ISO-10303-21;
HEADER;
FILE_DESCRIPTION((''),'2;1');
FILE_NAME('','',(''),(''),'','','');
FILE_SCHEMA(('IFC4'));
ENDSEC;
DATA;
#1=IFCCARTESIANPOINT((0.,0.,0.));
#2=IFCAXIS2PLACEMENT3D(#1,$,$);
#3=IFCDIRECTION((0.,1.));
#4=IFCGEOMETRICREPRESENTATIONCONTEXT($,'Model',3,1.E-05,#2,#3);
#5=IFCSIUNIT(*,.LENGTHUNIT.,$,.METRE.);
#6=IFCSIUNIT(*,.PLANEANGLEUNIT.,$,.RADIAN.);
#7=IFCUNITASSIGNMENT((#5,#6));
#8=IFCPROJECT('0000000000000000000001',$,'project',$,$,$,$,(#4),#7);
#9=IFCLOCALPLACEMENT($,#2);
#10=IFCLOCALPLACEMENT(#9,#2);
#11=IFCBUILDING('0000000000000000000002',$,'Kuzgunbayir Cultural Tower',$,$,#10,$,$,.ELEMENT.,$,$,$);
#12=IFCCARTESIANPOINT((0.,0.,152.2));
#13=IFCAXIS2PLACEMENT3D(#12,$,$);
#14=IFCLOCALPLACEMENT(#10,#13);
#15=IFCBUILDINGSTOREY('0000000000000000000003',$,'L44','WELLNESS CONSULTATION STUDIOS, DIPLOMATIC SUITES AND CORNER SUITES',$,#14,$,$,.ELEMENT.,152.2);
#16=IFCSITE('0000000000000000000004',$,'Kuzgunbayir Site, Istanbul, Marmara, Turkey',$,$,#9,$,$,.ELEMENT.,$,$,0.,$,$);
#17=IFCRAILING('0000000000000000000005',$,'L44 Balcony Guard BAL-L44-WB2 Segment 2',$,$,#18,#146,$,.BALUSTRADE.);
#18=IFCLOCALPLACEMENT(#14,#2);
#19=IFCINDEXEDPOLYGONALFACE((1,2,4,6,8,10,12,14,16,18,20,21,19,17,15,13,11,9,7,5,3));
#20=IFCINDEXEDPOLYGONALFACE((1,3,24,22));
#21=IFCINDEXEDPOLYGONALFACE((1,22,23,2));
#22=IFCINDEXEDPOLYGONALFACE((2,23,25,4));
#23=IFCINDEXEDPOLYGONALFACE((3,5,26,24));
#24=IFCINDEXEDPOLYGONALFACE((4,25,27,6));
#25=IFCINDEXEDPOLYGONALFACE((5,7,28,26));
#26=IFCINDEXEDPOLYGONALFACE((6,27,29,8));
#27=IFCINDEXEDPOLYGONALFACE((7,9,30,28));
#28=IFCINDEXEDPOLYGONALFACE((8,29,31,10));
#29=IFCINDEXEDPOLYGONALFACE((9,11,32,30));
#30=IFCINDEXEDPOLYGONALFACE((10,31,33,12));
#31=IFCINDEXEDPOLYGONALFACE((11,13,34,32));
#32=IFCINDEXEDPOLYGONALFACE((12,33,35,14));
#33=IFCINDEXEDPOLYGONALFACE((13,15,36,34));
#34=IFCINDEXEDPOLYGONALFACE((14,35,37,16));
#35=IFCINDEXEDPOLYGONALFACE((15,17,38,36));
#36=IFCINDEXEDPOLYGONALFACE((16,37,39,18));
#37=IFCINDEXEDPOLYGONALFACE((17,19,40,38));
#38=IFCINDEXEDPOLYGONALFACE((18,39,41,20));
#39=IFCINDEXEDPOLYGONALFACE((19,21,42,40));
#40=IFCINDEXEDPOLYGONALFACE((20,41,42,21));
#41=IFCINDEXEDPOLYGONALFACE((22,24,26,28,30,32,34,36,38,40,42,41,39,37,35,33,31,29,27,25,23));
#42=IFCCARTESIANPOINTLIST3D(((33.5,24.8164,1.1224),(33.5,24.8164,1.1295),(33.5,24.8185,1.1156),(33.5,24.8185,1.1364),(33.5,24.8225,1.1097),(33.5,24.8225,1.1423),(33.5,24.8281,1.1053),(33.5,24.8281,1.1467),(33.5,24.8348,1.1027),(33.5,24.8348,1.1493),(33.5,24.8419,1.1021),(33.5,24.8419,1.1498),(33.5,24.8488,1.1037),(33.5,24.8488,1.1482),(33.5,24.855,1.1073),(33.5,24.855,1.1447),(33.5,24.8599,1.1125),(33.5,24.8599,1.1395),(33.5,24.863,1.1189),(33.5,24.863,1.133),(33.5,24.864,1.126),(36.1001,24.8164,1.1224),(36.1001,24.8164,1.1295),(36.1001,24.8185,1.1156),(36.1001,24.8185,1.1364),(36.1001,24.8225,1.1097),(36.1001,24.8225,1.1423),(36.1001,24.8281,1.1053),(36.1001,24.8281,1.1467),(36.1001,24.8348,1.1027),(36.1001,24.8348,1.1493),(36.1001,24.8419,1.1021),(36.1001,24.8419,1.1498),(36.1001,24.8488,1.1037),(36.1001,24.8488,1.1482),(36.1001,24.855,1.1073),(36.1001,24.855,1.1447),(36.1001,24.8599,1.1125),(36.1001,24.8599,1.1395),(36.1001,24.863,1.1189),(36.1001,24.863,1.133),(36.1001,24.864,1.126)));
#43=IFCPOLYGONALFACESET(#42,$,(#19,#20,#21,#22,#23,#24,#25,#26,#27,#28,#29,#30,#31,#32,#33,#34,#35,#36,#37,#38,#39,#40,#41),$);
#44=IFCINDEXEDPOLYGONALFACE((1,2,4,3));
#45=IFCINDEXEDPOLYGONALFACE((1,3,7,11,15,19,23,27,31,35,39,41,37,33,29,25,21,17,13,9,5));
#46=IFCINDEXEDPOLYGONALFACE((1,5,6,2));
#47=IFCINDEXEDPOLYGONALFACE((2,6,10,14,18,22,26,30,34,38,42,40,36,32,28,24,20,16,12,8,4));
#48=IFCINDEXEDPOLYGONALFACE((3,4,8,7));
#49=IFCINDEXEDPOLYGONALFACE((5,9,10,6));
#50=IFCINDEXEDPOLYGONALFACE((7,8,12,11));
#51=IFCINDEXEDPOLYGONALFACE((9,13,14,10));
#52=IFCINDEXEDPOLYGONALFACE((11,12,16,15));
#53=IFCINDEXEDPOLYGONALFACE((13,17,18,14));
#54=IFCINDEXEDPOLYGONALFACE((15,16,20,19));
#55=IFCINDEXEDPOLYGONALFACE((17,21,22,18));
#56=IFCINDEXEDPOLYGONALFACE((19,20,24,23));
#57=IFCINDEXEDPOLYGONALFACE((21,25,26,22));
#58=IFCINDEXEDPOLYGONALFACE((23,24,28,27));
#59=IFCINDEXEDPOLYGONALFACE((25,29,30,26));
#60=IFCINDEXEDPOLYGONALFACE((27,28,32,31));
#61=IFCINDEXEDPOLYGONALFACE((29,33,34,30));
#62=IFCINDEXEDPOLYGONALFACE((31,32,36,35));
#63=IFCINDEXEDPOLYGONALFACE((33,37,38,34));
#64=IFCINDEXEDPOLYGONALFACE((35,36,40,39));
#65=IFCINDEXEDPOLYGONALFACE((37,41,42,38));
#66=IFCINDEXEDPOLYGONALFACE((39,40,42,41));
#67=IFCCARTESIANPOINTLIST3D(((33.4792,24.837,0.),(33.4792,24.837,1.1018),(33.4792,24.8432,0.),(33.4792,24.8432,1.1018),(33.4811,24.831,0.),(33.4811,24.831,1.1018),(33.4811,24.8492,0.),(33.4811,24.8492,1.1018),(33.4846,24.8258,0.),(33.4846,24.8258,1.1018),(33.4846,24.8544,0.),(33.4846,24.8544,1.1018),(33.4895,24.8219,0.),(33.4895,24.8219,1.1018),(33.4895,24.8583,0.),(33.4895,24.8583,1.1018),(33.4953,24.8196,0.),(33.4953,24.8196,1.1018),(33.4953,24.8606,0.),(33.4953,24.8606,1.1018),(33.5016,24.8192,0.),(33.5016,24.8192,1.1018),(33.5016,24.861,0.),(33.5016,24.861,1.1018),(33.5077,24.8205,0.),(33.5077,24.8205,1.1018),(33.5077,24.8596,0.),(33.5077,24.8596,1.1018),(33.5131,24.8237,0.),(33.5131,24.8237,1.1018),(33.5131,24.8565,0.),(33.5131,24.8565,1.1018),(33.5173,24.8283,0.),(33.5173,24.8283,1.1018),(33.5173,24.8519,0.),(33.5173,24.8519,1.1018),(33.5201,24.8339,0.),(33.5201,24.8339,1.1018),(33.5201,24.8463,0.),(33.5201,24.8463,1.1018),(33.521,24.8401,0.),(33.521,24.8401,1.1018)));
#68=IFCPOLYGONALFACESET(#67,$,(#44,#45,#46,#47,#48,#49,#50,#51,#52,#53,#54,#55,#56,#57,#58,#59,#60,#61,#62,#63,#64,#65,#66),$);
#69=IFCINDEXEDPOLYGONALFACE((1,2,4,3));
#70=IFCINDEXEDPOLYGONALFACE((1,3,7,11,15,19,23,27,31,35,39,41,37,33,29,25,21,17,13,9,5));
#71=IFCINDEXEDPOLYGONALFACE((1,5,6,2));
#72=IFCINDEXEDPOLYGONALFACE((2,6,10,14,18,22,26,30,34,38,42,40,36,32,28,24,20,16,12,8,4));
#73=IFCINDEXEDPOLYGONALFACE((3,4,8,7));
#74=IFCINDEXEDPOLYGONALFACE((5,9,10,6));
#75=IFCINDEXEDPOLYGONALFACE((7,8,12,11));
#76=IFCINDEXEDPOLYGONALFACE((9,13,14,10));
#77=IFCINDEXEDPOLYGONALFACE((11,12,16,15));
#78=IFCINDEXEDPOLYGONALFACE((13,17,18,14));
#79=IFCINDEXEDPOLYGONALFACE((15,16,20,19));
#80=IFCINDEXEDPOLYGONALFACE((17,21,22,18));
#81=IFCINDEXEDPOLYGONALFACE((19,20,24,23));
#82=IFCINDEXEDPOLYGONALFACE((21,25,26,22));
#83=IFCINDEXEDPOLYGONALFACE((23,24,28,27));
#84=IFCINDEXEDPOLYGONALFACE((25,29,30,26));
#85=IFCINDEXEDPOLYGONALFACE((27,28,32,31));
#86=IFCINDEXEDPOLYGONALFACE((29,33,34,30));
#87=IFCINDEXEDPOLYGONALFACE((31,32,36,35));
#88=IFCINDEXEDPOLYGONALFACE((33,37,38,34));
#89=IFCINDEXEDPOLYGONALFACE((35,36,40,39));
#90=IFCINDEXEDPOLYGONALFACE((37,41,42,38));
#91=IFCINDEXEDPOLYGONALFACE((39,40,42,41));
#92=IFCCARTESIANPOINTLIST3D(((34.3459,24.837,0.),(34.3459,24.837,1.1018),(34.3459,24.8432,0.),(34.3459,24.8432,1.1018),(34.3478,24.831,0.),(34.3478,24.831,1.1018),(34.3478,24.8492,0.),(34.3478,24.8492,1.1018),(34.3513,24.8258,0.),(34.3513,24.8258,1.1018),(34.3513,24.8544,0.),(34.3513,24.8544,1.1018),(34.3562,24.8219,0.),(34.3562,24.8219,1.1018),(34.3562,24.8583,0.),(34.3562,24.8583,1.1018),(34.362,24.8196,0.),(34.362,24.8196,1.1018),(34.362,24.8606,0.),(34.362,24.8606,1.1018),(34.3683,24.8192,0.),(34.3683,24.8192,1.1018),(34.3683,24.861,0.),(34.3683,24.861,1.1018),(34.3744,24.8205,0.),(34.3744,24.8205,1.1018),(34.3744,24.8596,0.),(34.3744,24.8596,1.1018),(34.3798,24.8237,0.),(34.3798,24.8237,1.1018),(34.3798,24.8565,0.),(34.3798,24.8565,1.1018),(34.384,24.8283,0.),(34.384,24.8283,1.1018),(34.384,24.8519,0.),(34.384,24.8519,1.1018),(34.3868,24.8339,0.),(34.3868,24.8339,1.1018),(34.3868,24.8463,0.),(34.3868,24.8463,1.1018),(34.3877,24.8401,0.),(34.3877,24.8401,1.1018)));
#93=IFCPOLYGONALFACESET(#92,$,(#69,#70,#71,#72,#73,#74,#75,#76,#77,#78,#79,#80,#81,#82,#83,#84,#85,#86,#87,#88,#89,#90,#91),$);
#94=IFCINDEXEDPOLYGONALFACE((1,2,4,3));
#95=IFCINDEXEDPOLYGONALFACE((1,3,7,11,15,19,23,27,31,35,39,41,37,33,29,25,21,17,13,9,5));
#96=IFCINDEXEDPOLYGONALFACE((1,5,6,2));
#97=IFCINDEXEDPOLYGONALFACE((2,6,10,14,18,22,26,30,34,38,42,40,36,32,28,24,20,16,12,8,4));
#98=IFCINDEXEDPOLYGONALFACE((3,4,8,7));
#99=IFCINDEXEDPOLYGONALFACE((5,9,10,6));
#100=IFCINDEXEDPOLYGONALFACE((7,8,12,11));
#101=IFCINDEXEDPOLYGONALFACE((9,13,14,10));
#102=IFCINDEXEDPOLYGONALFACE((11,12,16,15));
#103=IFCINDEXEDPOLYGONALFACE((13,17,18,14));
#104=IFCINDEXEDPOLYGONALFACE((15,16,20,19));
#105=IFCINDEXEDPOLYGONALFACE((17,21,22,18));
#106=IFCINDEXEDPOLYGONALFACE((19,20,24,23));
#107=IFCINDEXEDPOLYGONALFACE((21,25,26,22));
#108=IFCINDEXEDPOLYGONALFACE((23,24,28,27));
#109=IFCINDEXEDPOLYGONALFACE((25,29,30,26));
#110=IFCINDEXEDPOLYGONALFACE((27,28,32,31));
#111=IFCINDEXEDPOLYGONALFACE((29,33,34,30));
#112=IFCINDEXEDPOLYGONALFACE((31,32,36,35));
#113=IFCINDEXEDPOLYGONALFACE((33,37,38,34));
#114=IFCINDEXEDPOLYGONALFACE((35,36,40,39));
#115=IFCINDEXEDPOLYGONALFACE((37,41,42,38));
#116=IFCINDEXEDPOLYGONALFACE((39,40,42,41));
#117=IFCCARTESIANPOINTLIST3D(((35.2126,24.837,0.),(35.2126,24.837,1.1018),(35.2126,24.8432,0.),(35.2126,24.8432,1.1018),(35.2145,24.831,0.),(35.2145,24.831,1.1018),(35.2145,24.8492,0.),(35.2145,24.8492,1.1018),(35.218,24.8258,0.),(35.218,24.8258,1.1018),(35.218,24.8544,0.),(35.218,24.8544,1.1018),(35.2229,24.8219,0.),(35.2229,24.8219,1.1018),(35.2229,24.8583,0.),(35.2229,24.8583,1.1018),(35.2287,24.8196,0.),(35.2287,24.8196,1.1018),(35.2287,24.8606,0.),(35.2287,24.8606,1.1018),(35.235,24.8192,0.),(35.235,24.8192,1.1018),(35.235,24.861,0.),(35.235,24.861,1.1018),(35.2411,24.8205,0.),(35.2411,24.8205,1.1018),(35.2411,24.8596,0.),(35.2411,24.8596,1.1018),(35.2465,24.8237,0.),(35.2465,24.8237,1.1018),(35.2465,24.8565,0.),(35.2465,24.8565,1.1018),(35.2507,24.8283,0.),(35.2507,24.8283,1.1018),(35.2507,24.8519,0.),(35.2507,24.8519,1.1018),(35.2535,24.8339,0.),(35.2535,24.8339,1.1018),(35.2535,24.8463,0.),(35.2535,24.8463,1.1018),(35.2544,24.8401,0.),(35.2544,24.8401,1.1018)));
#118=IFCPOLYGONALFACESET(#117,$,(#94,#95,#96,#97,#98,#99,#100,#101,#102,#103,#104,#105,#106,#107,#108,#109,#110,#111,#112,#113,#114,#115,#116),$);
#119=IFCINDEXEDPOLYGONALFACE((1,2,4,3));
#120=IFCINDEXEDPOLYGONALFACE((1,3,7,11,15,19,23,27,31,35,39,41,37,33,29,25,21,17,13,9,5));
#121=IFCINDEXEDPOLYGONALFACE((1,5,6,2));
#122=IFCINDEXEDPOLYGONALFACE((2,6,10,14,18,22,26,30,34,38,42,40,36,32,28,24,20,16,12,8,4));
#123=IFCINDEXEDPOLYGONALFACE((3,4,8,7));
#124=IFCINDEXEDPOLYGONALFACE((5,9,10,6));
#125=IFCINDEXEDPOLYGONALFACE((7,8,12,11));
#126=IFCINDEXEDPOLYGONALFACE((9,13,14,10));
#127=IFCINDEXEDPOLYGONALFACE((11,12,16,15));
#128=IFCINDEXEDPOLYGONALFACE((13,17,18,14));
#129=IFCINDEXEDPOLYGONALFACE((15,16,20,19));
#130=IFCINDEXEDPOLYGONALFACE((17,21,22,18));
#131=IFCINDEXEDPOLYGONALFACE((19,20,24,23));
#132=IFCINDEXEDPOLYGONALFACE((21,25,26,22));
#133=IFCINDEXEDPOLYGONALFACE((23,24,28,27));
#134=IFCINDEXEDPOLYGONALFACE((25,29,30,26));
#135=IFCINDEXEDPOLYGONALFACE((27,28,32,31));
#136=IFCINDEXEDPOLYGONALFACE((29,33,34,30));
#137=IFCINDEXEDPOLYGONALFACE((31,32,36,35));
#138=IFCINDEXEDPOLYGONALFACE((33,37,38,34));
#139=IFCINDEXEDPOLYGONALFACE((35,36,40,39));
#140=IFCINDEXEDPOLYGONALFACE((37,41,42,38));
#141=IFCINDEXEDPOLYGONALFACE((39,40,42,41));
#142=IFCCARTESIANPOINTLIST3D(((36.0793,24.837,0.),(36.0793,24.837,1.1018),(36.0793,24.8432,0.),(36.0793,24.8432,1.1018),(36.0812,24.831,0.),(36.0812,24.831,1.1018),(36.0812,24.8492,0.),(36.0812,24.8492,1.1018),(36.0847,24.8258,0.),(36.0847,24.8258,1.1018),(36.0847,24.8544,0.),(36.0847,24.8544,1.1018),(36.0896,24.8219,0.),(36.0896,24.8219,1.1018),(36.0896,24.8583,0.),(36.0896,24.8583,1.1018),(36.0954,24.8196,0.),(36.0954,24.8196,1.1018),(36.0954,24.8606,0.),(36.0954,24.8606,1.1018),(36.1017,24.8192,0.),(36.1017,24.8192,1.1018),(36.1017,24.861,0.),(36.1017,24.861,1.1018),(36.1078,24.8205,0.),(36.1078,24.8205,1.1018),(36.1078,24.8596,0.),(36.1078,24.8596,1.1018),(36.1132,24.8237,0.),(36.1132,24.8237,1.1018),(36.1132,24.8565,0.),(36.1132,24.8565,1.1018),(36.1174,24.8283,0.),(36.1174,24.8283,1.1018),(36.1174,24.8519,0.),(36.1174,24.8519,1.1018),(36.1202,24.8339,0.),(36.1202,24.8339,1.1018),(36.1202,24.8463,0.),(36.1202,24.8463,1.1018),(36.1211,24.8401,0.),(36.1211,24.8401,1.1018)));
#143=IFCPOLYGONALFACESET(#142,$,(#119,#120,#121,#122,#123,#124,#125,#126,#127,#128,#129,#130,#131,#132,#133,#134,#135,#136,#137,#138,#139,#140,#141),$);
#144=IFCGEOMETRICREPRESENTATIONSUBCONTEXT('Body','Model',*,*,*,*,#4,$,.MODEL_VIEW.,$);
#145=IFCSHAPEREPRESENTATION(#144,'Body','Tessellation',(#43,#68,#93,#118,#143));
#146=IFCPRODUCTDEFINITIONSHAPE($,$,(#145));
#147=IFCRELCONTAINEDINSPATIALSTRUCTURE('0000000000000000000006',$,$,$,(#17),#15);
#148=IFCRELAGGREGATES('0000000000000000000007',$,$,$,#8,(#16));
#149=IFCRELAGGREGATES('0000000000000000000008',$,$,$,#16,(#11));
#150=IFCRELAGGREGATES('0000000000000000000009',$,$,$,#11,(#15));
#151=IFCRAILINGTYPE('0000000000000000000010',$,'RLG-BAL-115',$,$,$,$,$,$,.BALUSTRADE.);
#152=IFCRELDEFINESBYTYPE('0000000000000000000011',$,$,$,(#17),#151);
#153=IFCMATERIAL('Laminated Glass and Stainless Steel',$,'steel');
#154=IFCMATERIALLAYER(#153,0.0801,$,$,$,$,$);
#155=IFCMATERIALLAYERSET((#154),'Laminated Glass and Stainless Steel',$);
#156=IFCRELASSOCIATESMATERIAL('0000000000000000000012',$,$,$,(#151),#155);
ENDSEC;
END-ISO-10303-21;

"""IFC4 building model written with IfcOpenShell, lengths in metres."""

from ifc_helpers import new_model, si_unit, direction, frame, origin, origin_2d, place, context, subcontext, project, spatial, circle, extrude, material, layer, layer_set, type_object, element, save


model = new_model("IFC4")

# Units and contexts
model_context = context("Model", 3, precision=1e-05, world=origin(), true_north=direction((0.0, 1.0)))
body_context = subcontext(model_context, "Body", "Model", "MODEL_VIEW")
ifc_project = project(units=[si_unit("LENGTHUNIT", "METRE"), si_unit("PLANEANGLEUNIT", "RADIAN")], contexts=[model_context])

# Site, building, storey
site_placement = place(None, origin())
site = spatial("IfcSite", under=ifc_project, at=site_placement, Name="Kuzgunbayir Site, Istanbul, Marmara, Turkey", CompositionType="ELEMENT", RefElevation=0.0)
building_placement = place(site_placement, origin())
building = spatial("IfcBuilding", under=site, at=building_placement, Name="Kuzgunbayir Cultural Tower", CompositionType="ELEMENT")
storey_placement = place(building_placement, frame((0.0, 0.0, 152.2)))
storey = spatial("IfcBuildingStorey", under=building, at=storey_placement, Name="L44", Description="WELLNESS CONSULTATION STUDIOS, DIPLOMATIC SUITES AND CORNER SUITES", CompositionType="ELEMENT", Elevation=152.2)

# Railing
ifc_material_1 = material(Name="Laminated Glass and Stainless Steel", Category="steel")
ifc_layer_1 = layer(ifc_material_1, 0.0801)
ifc_layer_set_1 = layer_set([ifc_layer_1], Name="Laminated Glass and Stainless Steel")
railing_type = type_object("IfcRailingType", Name="RLG-BAL-115", PredefinedType="BALUSTRADE", material=ifc_layer_set_1)
railing_1_placement = place(storey_placement, frame((33.5, 24.8401, 0.0)))
element("IfcRailing", 1, at=railing_1_placement, inside=storey, type_object=railing_type, Name="L44 Balcony Guard BAL-L44-WB2 Segment 2", PredefinedType="BALUSTRADE", context=body_context, shape_type="SweptSolid", body=[
    extrude(circle(Radius=0.0239, at=origin_2d()), frame((0.0, 0.0, 1.126), z_axis=(1.0, 0.0, 0.0), x_axis=(0.0, 1.0, 0.0)), (0.0, 0.0, 1.0), 2.6001),
    extrude(circle(Radius=0.021, at=origin_2d()), origin(), (0.0, 0.0, 1.0), 1.1018),
    extrude(circle(Radius=0.021, at=origin_2d()), frame((0.8667, 0.0, 0.0)), (0.0, 0.0, 1.0), 1.1018),
    extrude(circle(Radius=0.021, at=origin_2d()), frame((1.7334, 0.0, 0.0)), (0.0, 0.0, 1.0), 1.1018),
    extrude(circle(Radius=0.021, at=origin_2d()), frame((2.6001, 0.0, 0.0)), (0.0, 0.0, 1.0), 1.1018),
])

save(model, "model.ifc")
